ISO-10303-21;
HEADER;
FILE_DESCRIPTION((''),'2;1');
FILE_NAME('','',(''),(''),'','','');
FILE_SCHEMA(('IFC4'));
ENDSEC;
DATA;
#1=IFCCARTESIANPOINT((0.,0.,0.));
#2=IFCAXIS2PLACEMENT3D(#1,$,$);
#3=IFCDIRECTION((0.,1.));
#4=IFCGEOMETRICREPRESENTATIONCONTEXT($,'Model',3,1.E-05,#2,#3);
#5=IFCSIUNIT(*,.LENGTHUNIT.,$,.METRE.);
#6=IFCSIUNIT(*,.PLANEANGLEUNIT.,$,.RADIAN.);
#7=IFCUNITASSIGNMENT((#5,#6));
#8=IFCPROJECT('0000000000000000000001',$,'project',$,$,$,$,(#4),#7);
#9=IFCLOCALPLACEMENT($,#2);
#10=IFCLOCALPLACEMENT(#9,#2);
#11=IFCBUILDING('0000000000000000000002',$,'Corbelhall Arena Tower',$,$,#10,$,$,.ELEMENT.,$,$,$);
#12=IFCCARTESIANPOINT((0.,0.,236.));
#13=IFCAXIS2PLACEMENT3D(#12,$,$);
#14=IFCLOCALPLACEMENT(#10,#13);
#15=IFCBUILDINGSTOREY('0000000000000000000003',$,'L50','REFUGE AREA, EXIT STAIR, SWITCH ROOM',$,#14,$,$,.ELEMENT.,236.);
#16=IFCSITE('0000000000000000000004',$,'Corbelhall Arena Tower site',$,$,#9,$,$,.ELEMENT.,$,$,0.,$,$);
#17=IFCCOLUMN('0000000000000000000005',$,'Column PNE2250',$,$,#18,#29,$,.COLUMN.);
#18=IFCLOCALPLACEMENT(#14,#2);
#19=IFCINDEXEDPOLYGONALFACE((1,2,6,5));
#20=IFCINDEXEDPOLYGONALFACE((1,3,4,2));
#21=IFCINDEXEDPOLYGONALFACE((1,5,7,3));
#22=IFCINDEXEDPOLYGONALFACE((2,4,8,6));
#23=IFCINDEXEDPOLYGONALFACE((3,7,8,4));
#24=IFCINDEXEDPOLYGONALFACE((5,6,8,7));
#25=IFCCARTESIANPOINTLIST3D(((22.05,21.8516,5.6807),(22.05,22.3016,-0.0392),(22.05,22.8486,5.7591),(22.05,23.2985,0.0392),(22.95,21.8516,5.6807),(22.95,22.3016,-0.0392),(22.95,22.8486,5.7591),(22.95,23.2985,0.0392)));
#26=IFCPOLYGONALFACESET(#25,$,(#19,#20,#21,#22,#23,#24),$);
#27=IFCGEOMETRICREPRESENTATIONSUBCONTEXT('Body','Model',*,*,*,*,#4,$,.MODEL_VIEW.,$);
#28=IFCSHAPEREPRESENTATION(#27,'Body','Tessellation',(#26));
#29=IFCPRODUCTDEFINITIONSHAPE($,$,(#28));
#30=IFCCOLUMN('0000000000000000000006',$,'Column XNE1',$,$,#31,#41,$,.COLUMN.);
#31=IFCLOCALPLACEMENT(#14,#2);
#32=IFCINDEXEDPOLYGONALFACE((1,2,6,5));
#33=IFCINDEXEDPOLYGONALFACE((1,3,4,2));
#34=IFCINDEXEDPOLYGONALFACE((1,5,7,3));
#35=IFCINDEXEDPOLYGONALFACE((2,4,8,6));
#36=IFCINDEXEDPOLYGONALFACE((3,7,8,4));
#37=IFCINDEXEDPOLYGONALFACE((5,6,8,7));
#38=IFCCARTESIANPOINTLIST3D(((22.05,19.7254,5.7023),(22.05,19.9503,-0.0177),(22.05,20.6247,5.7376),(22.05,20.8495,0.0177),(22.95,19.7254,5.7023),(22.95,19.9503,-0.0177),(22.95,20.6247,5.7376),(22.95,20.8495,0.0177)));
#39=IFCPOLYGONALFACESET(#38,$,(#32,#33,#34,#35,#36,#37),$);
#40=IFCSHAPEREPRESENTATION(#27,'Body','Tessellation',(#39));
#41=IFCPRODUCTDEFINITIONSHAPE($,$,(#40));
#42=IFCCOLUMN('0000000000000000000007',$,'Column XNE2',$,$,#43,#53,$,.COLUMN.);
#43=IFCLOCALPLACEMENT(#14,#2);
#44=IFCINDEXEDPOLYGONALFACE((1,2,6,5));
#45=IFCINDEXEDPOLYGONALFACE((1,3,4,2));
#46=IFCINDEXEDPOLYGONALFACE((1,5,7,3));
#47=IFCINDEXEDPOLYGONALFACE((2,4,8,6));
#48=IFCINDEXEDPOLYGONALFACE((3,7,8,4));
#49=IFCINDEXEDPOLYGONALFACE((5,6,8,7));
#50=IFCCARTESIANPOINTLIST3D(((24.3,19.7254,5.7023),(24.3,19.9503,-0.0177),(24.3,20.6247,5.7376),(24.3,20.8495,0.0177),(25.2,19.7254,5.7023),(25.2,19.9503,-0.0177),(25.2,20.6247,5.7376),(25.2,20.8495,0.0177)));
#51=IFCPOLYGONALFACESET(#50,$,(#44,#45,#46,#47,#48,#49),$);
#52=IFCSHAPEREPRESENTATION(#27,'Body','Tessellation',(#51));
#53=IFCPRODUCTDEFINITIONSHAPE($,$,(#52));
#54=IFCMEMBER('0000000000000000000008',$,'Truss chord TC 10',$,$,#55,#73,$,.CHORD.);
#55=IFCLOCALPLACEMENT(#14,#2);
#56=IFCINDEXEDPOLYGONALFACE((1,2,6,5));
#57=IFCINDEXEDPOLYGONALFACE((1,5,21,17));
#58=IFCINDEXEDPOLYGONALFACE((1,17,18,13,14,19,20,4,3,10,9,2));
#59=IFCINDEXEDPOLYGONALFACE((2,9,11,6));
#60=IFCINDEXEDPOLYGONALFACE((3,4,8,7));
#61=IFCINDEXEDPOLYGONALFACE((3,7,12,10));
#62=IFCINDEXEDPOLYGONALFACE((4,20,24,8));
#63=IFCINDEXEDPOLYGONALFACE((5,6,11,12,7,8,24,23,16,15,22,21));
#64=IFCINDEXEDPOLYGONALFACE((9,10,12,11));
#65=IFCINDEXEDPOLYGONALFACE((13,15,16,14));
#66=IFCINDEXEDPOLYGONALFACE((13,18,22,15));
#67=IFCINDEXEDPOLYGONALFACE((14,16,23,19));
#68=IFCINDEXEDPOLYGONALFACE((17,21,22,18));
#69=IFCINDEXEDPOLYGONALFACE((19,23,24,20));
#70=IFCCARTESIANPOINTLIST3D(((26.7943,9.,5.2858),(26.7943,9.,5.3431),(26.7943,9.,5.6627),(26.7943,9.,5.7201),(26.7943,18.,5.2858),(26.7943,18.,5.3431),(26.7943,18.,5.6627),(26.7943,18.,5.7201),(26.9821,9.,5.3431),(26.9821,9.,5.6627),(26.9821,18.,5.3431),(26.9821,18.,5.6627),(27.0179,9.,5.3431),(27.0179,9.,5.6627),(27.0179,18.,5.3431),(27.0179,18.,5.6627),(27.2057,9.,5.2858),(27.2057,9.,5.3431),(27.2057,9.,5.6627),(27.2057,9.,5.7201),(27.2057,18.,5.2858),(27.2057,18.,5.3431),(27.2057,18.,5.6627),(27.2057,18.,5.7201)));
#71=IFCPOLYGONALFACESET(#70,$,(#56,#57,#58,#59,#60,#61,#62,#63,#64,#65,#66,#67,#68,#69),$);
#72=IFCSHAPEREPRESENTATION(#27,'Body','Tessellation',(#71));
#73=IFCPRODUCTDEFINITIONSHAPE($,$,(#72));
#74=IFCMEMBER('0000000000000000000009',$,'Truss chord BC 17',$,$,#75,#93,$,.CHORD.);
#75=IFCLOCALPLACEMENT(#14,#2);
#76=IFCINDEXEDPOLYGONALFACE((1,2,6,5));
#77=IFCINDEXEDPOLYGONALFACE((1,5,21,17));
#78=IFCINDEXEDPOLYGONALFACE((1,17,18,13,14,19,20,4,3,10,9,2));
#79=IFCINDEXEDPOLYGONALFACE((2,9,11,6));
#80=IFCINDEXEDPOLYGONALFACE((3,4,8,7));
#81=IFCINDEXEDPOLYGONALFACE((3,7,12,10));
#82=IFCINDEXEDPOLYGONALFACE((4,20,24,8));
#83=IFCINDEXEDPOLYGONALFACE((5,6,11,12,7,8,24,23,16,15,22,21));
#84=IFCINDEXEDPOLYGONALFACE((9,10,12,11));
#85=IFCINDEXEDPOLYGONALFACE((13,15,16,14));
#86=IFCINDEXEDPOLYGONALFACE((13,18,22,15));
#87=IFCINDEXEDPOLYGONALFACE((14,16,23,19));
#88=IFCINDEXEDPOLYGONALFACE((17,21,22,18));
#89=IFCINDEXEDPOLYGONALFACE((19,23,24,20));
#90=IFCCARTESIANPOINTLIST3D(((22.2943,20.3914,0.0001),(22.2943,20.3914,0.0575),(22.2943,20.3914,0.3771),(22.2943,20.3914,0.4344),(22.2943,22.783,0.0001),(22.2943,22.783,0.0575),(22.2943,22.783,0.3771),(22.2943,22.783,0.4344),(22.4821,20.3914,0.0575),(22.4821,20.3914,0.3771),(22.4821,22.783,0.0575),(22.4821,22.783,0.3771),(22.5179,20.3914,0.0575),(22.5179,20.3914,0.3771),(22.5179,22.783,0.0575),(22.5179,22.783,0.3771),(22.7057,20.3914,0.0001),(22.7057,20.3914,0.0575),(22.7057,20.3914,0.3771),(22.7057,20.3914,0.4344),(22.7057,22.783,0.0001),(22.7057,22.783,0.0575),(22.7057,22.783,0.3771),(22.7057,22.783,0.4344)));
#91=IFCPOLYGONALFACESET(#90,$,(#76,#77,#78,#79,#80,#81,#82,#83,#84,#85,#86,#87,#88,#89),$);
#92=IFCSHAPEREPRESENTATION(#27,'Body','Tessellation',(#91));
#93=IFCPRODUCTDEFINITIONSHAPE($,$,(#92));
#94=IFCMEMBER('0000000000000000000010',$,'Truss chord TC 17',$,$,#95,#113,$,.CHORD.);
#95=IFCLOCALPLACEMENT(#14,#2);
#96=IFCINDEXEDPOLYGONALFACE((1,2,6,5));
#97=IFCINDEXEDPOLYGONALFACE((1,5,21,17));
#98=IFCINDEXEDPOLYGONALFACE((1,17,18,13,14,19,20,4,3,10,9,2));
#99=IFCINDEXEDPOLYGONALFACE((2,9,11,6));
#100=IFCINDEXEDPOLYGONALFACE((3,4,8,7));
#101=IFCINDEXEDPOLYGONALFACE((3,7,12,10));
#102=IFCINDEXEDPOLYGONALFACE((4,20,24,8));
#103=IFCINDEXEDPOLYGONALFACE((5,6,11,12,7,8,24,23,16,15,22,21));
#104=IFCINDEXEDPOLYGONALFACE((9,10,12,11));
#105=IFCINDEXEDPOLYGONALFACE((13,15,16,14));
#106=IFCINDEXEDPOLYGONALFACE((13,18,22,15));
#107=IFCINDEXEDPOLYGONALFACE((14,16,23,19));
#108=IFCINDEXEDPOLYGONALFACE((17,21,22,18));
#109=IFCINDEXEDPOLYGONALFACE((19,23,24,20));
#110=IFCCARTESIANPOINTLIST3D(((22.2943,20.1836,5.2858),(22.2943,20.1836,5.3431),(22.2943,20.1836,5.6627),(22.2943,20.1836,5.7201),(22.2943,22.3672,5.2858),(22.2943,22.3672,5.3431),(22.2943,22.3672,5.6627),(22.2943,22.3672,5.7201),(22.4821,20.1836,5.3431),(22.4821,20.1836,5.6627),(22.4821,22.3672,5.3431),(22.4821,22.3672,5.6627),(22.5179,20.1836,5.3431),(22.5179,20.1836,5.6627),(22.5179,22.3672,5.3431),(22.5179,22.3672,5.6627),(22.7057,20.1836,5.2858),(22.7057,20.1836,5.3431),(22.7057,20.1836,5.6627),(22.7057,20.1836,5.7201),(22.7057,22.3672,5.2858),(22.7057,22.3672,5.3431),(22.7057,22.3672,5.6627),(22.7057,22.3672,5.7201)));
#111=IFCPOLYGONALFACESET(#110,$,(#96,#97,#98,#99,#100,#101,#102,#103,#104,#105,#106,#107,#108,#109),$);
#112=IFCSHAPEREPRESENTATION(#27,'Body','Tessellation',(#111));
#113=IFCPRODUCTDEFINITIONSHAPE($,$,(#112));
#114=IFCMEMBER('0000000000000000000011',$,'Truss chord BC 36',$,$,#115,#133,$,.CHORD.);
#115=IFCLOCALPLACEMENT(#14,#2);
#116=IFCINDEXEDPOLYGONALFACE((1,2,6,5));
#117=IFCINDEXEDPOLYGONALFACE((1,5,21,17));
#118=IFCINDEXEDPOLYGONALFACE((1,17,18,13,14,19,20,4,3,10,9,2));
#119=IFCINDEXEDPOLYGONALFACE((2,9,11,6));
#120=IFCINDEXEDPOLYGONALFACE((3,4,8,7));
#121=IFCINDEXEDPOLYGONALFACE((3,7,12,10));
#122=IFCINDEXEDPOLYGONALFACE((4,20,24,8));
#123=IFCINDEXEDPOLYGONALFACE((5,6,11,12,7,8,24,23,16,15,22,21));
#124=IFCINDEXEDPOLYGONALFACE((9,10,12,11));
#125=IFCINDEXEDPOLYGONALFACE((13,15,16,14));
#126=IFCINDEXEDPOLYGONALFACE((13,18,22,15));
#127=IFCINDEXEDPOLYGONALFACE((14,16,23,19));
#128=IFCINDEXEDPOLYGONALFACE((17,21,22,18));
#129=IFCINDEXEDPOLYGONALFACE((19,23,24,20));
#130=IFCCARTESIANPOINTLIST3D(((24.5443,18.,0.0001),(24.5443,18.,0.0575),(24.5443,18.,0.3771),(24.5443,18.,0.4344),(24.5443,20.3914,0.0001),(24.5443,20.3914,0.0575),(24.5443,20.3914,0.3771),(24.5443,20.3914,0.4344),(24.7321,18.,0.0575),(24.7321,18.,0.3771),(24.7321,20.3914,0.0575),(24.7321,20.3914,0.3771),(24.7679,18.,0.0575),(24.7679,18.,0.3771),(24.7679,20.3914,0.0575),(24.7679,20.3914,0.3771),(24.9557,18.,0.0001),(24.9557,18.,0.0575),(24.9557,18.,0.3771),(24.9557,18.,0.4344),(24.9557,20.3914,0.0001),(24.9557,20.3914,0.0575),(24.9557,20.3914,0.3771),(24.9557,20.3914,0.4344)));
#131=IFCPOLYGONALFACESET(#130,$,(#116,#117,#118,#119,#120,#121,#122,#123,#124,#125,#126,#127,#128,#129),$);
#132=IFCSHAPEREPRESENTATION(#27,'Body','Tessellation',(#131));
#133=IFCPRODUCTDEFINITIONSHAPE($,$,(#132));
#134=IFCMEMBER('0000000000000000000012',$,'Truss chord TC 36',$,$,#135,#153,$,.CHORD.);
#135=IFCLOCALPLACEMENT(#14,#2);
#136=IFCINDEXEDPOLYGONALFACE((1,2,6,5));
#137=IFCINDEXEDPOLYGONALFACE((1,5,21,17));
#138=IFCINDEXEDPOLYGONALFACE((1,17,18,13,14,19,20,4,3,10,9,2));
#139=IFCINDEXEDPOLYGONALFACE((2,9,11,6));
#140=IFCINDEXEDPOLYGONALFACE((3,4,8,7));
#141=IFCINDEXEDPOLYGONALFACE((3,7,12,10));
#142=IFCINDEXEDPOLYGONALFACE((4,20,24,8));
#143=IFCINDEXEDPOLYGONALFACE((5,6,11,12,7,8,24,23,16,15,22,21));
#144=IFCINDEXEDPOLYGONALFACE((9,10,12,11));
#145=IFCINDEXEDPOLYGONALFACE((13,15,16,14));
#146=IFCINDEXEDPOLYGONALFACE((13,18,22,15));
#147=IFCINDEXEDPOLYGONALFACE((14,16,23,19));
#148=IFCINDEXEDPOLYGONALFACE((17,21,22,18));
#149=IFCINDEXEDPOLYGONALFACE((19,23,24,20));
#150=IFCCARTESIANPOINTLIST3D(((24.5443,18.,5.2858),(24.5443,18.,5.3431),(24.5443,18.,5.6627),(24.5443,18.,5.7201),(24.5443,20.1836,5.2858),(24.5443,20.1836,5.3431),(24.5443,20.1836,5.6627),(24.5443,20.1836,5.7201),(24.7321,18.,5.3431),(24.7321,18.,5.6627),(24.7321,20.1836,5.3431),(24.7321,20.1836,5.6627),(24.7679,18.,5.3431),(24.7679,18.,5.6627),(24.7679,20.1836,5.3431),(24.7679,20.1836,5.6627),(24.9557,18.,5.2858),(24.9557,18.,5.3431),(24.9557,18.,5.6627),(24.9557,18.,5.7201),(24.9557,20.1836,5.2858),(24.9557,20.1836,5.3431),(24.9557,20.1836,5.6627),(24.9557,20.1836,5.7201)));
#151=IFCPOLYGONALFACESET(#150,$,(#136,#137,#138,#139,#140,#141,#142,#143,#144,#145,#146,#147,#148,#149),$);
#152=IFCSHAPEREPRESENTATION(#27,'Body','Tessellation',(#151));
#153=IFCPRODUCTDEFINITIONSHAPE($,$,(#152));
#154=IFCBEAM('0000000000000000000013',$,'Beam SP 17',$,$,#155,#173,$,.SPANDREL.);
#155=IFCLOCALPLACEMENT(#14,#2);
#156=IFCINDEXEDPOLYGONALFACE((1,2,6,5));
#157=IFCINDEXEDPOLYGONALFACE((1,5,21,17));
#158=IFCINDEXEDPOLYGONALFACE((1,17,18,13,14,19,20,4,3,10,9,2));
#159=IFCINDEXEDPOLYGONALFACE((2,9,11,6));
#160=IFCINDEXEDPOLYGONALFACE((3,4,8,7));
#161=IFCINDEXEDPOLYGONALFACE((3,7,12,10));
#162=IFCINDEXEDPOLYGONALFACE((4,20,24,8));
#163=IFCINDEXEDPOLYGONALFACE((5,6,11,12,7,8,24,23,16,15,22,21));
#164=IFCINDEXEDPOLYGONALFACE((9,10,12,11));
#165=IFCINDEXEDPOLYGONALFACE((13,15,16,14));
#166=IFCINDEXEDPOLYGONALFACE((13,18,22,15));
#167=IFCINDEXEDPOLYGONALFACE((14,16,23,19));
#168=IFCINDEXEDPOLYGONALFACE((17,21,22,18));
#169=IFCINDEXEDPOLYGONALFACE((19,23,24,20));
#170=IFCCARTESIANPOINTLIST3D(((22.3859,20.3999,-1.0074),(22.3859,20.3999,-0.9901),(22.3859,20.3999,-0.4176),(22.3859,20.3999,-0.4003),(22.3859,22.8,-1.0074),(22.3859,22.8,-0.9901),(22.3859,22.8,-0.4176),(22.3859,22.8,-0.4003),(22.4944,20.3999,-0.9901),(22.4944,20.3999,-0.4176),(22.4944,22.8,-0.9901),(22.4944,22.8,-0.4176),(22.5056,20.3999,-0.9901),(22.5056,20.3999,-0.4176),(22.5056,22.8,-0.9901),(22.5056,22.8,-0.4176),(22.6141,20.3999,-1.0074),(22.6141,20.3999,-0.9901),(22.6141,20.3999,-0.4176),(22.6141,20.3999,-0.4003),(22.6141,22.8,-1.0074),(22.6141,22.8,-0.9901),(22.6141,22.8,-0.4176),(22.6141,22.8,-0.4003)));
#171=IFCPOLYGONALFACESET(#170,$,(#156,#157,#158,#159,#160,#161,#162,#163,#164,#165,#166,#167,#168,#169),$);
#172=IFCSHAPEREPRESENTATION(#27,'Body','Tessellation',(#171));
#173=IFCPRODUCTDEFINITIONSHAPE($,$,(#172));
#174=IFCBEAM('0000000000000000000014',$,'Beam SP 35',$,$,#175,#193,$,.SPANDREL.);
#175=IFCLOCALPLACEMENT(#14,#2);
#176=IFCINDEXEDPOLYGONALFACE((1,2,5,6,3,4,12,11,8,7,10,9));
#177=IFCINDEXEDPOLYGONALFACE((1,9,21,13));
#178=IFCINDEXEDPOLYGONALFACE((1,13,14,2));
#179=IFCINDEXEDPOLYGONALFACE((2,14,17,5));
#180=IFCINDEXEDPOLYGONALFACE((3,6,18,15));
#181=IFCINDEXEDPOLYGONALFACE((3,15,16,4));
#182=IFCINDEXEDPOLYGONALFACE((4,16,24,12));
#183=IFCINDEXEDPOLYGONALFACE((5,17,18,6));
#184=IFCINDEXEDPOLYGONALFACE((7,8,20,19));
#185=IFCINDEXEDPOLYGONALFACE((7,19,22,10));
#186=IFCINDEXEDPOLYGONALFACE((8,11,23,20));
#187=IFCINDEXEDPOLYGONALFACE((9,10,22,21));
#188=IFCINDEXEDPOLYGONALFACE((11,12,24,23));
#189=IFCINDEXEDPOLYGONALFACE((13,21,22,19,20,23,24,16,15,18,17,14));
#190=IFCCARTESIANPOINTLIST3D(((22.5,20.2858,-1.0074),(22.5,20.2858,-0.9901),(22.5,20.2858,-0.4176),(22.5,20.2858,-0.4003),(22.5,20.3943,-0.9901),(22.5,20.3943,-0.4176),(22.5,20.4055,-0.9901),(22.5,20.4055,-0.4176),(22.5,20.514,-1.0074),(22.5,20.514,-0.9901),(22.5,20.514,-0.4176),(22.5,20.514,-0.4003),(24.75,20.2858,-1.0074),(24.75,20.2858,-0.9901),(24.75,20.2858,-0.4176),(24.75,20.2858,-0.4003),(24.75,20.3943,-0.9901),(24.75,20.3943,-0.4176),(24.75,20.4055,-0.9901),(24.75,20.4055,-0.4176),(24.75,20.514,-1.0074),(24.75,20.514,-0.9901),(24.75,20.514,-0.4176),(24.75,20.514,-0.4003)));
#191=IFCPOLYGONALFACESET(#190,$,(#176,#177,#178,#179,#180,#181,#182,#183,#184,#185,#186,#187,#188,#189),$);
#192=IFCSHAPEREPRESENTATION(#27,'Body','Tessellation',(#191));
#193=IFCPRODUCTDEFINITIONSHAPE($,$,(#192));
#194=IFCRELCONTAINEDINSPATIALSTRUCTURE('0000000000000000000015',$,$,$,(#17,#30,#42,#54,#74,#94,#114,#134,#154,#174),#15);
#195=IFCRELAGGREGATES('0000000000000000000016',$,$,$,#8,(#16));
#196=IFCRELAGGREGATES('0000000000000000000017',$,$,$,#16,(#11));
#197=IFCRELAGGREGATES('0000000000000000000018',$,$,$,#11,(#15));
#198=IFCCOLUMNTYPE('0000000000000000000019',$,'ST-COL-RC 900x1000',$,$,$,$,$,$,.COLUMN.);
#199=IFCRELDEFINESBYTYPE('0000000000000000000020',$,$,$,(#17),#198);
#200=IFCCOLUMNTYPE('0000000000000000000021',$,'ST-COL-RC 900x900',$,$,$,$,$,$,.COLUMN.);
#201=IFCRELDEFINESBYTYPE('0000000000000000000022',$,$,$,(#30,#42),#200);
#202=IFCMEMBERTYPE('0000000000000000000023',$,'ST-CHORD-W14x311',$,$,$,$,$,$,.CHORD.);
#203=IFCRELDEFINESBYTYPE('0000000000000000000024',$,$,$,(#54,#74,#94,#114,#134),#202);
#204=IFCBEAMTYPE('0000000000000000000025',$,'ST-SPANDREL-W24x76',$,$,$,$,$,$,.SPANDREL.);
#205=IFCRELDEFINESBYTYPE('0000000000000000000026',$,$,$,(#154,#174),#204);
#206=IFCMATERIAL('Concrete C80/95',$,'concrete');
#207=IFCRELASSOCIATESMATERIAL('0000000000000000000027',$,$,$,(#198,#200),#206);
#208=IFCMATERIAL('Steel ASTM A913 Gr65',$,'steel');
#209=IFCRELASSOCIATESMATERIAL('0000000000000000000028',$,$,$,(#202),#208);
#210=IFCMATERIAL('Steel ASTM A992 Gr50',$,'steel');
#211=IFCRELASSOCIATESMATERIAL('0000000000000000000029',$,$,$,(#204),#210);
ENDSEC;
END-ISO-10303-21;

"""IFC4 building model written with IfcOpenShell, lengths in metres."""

from ifc_helpers import new_model, si_unit, direction, frame, origin, origin_2d, place, context, subcontext, project, spatial, rectangle, i_section, extrude, material, material_profile, profile_set, type_object, element, save


model = new_model("IFC4")

# Units and contexts
model_context = context("Model", 3, precision=1e-05, world=origin(), true_north=direction((0.0, 1.0)))
body_context = subcontext(model_context, "Body", "Model", "MODEL_VIEW")
ifc_project = project(units=[si_unit("LENGTHUNIT", "METRE"), si_unit("PLANEANGLEUNIT", "RADIAN")], contexts=[model_context])

# Site, building, storey
site_placement = place(None, origin())
site = spatial("IfcSite", under=ifc_project, at=site_placement, Name="Corbelhall Arena Tower site", CompositionType="ELEMENT", RefElevation=0.0)
building_placement = place(site_placement, origin())
building = spatial("IfcBuilding", under=site, at=building_placement, Name="Corbelhall Arena Tower", CompositionType="ELEMENT")
storey_placement = place(building_placement, frame((0.0, 0.0, 236.0)))
storey = spatial("IfcBuildingStorey", under=building, at=storey_placement, Name="L50", Description="REFUGE AREA, EXIT STAIR, SWITCH ROOM", CompositionType="ELEMENT", Elevation=236.0)

# Columns
ifc_material_1 = material(Name="Concrete C80/95", Category="concrete")
ifc_material_profile_1 = material_profile(ifc_material_1, rectangle(XDim=0.8999, YDim=1.0, at=origin_2d()))
ifc_profile_set_1 = profile_set([ifc_material_profile_1], Name="Concrete C80/95")
column_type_1 = type_object("IfcColumnType", Name="ST-COL-RC 900x1000", PredefinedType="COLUMN", material=ifc_profile_set_1)
column_placement = place(storey_placement, frame((22.5, 22.8, 0.0), z_axis=(0.0, -0.078421, 0.99692), x_axis=(1.0, 0.0, 0.0)))
element("IfcColumn", 1, at=column_placement, inside=storey, type_object=column_type_1, Name="Column PNE2250", PredefinedType="COLUMN", context=body_context, shape_type="SweptSolid", body=[
    extrude(rectangle(XDim=0.8999, YDim=1.0, at=origin_2d()), origin(), (0.0, 0.0, 1.0), 5.7375),
])
ifc_material_profile_2 = material_profile(ifc_material_1, rectangle(XDim=0.8999, YDim=0.8999, at=origin_2d()))
ifc_profile_set_2 = profile_set([ifc_material_profile_2], Name="Concrete C80/95")
column_type_2 = type_object("IfcColumnType", Name="ST-COL-RC 900x900", PredefinedType="COLUMN", material=ifc_profile_set_2)
for number, where, z_axis, x_axis, name in (
    (2, (22.5, 20.3999, 0.0), (0.0, -0.03928, 0.999228), (1.0, 0.0, 0.0), "Column XNE1"),
    (3, (24.75, 20.3999, 0.0), (0.0, -0.03928, 0.999228), (1.0, 0.0, 0.0), "Column XNE2"),
):
    element("IfcColumn", number, at=place(storey_placement, frame(where, z_axis=z_axis, x_axis=x_axis)), inside=storey, type_object=column_type_2, Name=name, PredefinedType="COLUMN", context=body_context, shape_type="SweptSolid", body=[
        extrude(rectangle(XDim=0.8999, YDim=0.8999, at=origin_2d()), origin(), (0.0, 0.0, 1.0), 5.7244),
    ])

# Members
ifc_material_2 = material(Name="Steel ASTM A913 Gr65", Category="steel")
ifc_material_profile_3 = material_profile(ifc_material_2, i_section(OverallWidth=0.4114, OverallDepth=0.4343, WebThickness=0.0359, FlangeThickness=0.0574, at=origin_2d()))
ifc_profile_set_3 = profile_set([ifc_material_profile_3], Name="Steel ASTM A913 Gr65")
member_type_1 = type_object("IfcMemberType", Name="ST-CHORD-W14x311", PredefinedType="CHORD", material=ifc_profile_set_3)
member_1_placement = place(storey_placement, frame((27.0, 18.0, 5.5029), z_axis=(0.0, -1.0, 0.0), x_axis=(1.0, 0.0, 0.0)))
element("IfcMember", 4, at=member_1_placement, inside=storey, type_object=member_type_1, Name="Truss chord TC 10", PredefinedType="CHORD", context=body_context, shape_type="SweptSolid", body=[
    extrude(i_section(OverallWidth=0.4114, OverallDepth=0.4343, WebThickness=0.0359, FlangeThickness=0.0574, at=origin_2d()), origin(), (0.0, 0.0, 1.0), 9.0),
])
member_2_placement = place(storey_placement, frame((22.5, 22.783, 0.2173), z_axis=(0.0, -1.0, 0.0), x_axis=(1.0, 0.0, 0.0)))
element("IfcMember", 5, at=member_2_placement, inside=storey, type_object=member_type_1, Name="Truss chord BC 17", PredefinedType="CHORD", context=body_context, shape_type="SweptSolid", body=[
    extrude(i_section(OverallWidth=0.4114, OverallDepth=0.4343, WebThickness=0.0359, FlangeThickness=0.0574, at=origin_2d()), origin(), (0.0, 0.0, 1.0), 2.3916),
])
member_3_placement = place(storey_placement, frame((22.5, 22.3672, 5.5029), z_axis=(0.0, -1.0, 0.0), x_axis=(1.0, 0.0, 0.0)))
element("IfcMember", 6, at=member_3_placement, inside=storey, type_object=member_type_1, Name="Truss chord TC 17", PredefinedType="CHORD", context=body_context, shape_type="SweptSolid", body=[
    extrude(i_section(OverallWidth=0.4114, OverallDepth=0.4343, WebThickness=0.0359, FlangeThickness=0.0574, at=origin_2d()), origin(), (0.0, 0.0, 1.0), 2.1836),
])
member_4_placement = place(storey_placement, frame((24.75, 20.3914, 0.2173), z_axis=(0.0, -1.0, 0.0), x_axis=(1.0, 0.0, 0.0)))
element("IfcMember", 7, at=member_4_placement, inside=storey, type_object=member_type_1, Name="Truss chord BC 36", PredefinedType="CHORD", context=body_context, shape_type="SweptSolid", body=[
    extrude(i_section(OverallWidth=0.4114, OverallDepth=0.4343, WebThickness=0.0359, FlangeThickness=0.0574, at=origin_2d()), origin(), (0.0, 0.0, 1.0), 2.3914),
])
member_5_placement = place(storey_placement, frame((24.75, 20.1836, 5.5029), z_axis=(0.0, -1.0, 0.0), x_axis=(1.0, 0.0, 0.0)))
element("IfcMember", 8, at=member_5_placement, inside=storey, type_object=member_type_1, Name="Truss chord TC 36", PredefinedType="CHORD", context=body_context, shape_type="SweptSolid", body=[
    extrude(i_section(OverallWidth=0.4114, OverallDepth=0.4343, WebThickness=0.0359, FlangeThickness=0.0574, at=origin_2d()), origin(), (0.0, 0.0, 1.0), 2.1836),
])

# Beams
ifc_material_3 = material(Name="Steel ASTM A992 Gr50", Category="steel")
ifc_material_profile_4 = material_profile(ifc_material_3, i_section(OverallWidth=0.2283, OverallDepth=0.6072, WebThickness=0.0112, FlangeThickness=0.0173, at=origin_2d()))
ifc_profile_set_4 = profile_set([ifc_material_profile_4], Name="Steel ASTM A992 Gr50")
beam_type = type_object("IfcBeamType", Name="ST-SPANDREL-W24x76", PredefinedType="SPANDREL", material=ifc_profile_set_4)
beam_1_placement = place(storey_placement, frame((22.5, 22.8, -0.7039), z_axis=(0.0, -1.0, 0.0), x_axis=(1.0, 0.0, 0.0)))
element("IfcBeam", 9, at=beam_1_placement, inside=storey, type_object=beam_type, Name="Beam SP 17", PredefinedType="SPANDREL", context=body_context, shape_type="SweptSolid", body=[
    extrude(i_section(OverallWidth=0.2283, OverallDepth=0.6072, WebThickness=0.0112, FlangeThickness=0.0173, at=origin_2d()), origin(), (0.0, 0.0, 1.0), 2.4001),
])
beam_2_placement = place(storey_placement, frame((22.5, 20.3999, -0.7039), z_axis=(1.0, 0.0, 0.0), x_axis=(0.0, 1.0, 0.0)))
element("IfcBeam", 10, at=beam_2_placement, inside=storey, type_object=beam_type, Name="Beam SP 35", PredefinedType="SPANDREL", context=body_context, shape_type="SweptSolid", body=[
    extrude(i_section(OverallWidth=0.2283, OverallDepth=0.6072, WebThickness=0.0112, FlangeThickness=0.0173, at=origin_2d()), origin(), (0.0, 0.0, 1.0), 2.25),
])

save(model, "model.ifc")
